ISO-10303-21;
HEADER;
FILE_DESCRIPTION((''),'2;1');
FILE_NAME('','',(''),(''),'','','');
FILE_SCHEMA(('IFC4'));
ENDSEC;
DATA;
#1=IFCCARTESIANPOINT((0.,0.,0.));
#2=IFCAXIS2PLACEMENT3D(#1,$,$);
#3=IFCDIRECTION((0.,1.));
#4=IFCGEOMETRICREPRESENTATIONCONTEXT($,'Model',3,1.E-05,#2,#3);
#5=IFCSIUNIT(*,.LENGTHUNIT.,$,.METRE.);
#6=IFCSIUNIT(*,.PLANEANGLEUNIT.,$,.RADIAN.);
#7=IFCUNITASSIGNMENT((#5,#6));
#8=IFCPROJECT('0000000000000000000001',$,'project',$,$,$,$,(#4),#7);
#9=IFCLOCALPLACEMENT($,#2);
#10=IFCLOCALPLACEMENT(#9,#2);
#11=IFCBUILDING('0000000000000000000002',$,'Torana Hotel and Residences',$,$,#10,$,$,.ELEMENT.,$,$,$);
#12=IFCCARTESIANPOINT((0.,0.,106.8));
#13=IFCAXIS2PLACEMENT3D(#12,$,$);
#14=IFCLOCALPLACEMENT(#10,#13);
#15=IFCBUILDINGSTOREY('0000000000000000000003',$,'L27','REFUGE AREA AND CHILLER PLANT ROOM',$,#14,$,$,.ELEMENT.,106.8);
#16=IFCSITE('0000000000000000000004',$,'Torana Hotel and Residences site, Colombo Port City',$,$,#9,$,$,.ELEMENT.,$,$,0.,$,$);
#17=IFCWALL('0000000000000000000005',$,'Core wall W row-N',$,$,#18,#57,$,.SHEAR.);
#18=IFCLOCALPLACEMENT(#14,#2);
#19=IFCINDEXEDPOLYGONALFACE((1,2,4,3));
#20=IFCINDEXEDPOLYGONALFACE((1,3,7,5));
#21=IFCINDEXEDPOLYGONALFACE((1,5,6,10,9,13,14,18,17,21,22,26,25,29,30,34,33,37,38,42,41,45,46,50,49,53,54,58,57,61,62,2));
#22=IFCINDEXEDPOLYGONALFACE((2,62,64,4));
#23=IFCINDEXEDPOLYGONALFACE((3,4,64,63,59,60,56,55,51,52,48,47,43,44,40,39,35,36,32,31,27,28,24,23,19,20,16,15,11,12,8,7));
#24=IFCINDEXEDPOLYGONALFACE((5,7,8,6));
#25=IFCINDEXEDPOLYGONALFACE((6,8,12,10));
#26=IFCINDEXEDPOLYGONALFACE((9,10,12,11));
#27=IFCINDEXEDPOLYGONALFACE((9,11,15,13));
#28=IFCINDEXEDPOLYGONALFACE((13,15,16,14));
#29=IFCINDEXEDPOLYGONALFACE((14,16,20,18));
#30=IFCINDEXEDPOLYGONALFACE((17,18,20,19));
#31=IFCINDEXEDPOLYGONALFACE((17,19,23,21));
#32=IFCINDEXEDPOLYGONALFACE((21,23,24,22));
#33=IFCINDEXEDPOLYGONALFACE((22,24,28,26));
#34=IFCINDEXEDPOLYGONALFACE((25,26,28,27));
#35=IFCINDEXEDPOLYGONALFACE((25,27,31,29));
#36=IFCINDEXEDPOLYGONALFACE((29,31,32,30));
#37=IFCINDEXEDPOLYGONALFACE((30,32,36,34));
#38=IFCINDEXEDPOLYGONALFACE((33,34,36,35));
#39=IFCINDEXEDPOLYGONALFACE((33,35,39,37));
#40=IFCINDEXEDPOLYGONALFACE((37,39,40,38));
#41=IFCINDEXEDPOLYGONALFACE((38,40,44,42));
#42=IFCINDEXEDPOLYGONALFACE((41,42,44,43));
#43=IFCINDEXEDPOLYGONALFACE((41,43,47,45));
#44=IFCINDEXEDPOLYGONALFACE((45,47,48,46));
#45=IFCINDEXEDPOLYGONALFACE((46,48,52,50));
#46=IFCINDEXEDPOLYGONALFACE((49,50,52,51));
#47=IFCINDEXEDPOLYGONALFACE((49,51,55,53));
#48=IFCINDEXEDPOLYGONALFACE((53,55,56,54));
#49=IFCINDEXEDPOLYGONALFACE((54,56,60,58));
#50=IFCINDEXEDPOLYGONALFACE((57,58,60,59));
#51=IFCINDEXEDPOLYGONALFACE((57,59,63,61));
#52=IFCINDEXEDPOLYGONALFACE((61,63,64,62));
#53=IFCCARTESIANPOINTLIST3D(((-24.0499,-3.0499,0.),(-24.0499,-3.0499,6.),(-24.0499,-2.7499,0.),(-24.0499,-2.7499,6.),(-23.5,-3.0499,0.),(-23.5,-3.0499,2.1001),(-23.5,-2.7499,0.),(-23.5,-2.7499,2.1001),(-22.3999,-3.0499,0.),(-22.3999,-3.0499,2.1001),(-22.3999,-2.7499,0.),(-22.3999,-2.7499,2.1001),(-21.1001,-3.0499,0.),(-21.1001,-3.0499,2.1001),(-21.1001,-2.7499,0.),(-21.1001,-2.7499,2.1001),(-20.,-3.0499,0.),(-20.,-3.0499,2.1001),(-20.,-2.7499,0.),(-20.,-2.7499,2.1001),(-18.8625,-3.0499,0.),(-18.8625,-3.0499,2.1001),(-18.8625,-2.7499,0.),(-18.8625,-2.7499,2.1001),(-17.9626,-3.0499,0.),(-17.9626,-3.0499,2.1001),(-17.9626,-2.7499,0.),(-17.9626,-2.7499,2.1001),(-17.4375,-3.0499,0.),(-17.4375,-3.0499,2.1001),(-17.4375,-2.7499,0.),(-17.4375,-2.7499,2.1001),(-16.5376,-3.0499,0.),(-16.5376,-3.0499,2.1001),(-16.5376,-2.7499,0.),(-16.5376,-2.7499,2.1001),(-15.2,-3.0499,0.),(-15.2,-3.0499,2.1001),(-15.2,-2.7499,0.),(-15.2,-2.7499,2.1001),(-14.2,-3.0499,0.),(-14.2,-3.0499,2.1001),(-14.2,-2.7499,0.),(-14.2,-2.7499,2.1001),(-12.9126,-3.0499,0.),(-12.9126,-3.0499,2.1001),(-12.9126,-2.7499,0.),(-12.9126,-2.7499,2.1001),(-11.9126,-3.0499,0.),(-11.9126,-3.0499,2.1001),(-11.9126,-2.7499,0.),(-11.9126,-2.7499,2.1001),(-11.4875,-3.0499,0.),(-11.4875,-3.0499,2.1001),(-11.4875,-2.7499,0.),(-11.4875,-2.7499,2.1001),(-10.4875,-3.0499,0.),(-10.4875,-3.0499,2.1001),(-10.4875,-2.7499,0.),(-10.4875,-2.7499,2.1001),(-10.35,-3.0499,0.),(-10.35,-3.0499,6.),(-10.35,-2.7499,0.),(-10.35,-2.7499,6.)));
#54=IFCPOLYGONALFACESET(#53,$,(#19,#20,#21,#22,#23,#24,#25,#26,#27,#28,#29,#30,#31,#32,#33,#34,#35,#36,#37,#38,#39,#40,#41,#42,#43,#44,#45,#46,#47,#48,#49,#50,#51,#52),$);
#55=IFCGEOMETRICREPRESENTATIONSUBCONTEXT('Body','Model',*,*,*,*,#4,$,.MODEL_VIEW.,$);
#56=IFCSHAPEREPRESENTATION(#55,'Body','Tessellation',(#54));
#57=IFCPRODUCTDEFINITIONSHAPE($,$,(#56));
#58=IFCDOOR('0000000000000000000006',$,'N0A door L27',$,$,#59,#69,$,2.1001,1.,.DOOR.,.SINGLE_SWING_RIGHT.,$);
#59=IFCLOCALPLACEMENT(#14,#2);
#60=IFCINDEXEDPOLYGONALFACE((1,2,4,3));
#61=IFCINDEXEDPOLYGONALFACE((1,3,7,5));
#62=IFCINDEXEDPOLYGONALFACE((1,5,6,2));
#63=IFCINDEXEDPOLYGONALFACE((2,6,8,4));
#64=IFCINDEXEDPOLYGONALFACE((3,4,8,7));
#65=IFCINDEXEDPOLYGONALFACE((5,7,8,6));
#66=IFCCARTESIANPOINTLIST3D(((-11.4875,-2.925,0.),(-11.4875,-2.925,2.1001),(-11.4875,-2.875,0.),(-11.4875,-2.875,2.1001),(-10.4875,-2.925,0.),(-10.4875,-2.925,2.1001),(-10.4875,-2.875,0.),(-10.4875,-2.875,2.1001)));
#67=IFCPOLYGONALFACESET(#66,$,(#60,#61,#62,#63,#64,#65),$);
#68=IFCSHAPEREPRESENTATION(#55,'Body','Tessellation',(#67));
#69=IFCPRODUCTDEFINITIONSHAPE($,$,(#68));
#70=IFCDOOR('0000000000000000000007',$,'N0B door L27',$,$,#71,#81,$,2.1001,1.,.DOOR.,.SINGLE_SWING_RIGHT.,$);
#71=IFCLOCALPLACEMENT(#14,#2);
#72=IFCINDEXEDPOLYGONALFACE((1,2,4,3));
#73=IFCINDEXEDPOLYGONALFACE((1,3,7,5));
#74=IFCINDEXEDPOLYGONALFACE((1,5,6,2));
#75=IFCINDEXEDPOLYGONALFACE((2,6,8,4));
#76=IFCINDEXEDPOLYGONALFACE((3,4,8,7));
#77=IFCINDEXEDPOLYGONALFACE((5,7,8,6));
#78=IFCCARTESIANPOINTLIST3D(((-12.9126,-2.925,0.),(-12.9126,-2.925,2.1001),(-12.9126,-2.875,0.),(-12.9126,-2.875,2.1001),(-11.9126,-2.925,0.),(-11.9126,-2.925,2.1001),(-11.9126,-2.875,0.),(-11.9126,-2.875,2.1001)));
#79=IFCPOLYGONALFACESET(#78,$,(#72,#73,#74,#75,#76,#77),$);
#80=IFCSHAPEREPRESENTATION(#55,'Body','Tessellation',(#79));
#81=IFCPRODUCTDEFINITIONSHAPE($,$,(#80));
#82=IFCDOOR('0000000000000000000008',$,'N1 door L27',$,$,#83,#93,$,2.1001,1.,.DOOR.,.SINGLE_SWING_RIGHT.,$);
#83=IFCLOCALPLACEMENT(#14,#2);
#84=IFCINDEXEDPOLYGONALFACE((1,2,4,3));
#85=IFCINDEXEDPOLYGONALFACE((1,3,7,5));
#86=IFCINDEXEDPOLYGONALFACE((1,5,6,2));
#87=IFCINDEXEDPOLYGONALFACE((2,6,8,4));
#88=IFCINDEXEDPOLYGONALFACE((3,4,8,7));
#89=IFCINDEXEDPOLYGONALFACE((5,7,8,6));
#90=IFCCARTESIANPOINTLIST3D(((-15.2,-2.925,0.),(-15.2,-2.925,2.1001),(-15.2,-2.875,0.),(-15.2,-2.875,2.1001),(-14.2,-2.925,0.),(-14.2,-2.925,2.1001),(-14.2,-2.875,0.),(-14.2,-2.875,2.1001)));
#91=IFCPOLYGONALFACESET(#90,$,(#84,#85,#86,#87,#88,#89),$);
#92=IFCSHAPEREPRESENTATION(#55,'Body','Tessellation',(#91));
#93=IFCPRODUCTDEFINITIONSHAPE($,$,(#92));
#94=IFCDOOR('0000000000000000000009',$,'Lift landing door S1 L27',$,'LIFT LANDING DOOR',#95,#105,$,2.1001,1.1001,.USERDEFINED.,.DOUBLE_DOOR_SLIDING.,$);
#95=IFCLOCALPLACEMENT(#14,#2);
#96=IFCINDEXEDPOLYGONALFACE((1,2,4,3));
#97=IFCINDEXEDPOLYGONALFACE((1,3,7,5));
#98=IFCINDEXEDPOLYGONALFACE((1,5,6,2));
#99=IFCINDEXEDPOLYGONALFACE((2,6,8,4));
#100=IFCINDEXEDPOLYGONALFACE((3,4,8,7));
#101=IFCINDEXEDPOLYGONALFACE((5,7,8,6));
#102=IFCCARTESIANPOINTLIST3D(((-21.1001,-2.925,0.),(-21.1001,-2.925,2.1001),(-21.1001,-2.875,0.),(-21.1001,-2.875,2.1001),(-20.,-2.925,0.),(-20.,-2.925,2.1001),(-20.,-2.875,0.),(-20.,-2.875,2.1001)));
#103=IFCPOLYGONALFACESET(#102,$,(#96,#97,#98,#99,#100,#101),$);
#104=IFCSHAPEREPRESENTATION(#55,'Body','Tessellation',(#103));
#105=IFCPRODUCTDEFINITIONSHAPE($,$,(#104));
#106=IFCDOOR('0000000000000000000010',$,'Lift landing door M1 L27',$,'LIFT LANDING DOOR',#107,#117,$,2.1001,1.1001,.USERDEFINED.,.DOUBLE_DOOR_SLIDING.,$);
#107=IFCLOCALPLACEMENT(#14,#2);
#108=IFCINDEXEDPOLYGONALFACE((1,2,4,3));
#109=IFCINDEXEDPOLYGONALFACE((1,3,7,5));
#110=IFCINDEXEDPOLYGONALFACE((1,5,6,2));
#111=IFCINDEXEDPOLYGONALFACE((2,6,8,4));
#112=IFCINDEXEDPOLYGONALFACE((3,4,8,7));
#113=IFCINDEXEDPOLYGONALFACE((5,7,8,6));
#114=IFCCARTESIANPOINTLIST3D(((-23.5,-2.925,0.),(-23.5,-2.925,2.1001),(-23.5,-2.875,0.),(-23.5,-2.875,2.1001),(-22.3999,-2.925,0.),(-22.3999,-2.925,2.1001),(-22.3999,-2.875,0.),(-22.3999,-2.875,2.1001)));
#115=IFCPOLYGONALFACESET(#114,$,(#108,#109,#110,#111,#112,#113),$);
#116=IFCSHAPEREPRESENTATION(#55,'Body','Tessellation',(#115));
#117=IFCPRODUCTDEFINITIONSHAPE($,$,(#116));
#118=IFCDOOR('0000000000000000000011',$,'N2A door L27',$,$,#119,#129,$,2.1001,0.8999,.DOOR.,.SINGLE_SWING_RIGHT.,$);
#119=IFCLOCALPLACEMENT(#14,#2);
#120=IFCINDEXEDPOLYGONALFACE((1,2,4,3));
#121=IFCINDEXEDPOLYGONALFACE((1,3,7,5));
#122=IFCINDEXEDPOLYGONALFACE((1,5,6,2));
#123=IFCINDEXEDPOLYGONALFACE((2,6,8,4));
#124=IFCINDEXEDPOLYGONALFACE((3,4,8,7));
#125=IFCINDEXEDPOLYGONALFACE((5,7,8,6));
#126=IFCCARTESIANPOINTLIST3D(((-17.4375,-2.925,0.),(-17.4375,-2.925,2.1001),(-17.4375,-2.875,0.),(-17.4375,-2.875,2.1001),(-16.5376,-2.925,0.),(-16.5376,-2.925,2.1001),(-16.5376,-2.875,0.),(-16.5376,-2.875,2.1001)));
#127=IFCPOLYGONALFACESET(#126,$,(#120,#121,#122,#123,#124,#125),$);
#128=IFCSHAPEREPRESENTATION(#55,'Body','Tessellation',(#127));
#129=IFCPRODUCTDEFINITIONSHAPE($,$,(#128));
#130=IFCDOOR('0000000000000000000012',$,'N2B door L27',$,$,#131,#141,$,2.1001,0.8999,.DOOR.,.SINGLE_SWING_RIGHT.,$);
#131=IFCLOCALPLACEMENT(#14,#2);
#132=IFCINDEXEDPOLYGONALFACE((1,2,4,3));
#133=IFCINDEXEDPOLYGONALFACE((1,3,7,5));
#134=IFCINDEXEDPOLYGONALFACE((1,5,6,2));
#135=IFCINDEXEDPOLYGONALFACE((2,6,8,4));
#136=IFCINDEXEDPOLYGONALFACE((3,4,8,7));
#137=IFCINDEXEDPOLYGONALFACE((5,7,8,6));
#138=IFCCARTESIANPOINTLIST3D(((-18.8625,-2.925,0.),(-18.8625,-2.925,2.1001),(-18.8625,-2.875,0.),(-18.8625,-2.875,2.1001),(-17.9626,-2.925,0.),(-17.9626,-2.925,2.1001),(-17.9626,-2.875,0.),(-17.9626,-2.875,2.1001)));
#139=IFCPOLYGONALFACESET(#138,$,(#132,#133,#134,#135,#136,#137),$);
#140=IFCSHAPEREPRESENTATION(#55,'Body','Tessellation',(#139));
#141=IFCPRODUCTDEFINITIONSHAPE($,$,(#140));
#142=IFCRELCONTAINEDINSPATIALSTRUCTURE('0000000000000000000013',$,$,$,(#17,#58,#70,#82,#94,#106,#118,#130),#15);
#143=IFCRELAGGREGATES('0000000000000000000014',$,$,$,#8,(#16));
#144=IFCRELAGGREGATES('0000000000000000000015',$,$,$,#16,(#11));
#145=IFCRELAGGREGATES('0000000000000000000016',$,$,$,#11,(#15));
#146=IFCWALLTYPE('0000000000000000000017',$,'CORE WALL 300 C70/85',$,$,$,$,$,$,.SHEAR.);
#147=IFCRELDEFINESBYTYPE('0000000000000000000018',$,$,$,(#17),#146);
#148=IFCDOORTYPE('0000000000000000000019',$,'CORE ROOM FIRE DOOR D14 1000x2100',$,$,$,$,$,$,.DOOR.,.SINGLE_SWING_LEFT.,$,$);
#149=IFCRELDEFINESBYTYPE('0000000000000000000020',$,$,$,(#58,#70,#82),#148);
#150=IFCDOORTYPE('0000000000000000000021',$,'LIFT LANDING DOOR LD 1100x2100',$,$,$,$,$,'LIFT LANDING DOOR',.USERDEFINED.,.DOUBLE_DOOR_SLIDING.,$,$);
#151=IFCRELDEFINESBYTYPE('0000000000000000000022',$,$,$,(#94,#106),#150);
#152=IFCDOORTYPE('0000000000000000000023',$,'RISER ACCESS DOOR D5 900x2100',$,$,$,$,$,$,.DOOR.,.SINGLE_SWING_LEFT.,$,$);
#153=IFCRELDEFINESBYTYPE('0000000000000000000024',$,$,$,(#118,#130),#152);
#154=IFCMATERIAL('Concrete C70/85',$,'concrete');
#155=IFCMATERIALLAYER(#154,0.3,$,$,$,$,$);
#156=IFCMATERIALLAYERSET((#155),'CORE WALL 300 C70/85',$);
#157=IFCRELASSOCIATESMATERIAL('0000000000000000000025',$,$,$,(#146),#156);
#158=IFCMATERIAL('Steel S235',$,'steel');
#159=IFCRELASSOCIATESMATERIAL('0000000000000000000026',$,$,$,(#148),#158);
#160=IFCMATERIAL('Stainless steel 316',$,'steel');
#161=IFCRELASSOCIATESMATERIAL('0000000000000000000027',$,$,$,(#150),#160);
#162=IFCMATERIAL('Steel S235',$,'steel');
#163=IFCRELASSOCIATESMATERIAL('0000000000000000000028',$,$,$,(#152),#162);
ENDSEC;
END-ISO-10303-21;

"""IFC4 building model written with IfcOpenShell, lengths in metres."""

from ifc_helpers import new_model, si_unit, direction, frame, frame_2d, origin, place, context, subcontext, project, spatial, rectangle, extrude, material, layer, layer_set, type_object, element, fill, save


model = new_model("IFC4")

# Units and contexts
model_context = context("Model", 3, precision=1e-05, world=origin(), true_north=direction((0.0, 1.0)))
body_context = subcontext(model_context, "Body", "Model", "MODEL_VIEW")
ifc_project = project(units=[si_unit("LENGTHUNIT", "METRE"), si_unit("PLANEANGLEUNIT", "RADIAN")], contexts=[model_context])

# Site, building, storey
site_placement = place(None, origin())
site = spatial("IfcSite", under=ifc_project, at=site_placement, Name="Torana Hotel and Residences site, Colombo Port City", CompositionType="ELEMENT", RefElevation=0.0)
building_placement = place(site_placement, origin())
building = spatial("IfcBuilding", under=site, at=building_placement, Name="Torana Hotel and Residences", CompositionType="ELEMENT")
storey_placement = place(building_placement, frame((0.0, 0.0, 106.8)))
storey = spatial("IfcBuildingStorey", under=building, at=storey_placement, Name="L27", Description="REFUGE AREA AND CHILLER PLANT ROOM", CompositionType="ELEMENT", Elevation=106.8)

# Wall, openings, doors
ifc_material_1 = material(Name="Concrete C70/85", Category="concrete")
ifc_layer_1 = layer(ifc_material_1, 0.3)
ifc_layer_set_1 = layer_set([ifc_layer_1], Name="CORE WALL 300 C70/85")
wall_type_1 = type_object("IfcWallType", Name="CORE WALL 300 C70/85", PredefinedType="SHEAR", material=ifc_layer_set_1)
wall_1_placement = place(storey_placement, frame((-24.05, -2.8999, 0.0), z_axis=(0.0, 0.0, 1.0), x_axis=(1.0, 0.0, 0.0)))
wall_1 = element("IfcWall", 1, at=wall_1_placement, inside=storey, type_object=wall_type_1, Name="Core wall W row-N", PredefinedType="SHEAR", context=body_context, shape_type="SweptSolid", body=[
    extrude(rectangle(XDim=13.7, YDim=0.3, at=frame_2d((6.8501, 0.0))), origin(), (0.0, 0.0, 1.0), 6.0),
])
opening_1_placement = place(wall_1_placement, frame((2.95, 0.0, 0.0)))
opening_1 = element("IfcOpeningElement", 2, at=opening_1_placement, cuts=wall_1, PredefinedType="OPENING", context=body_context, shape_type="SweptSolid", body=[
    extrude(rectangle(XDim=1.1001, YDim=2.1001, at=frame_2d((0.55, 1.05))), frame((0.0, 0.1599, 0.0), z_axis=(0.0, -1.0, 0.0), x_axis=(1.0, 0.0, 0.0)), (0.0, 0.0, 1.0), 0.3201),
])
opening_2_placement = place(wall_1_placement, frame((0.55, 0.0, 0.0)))
opening_2 = element("IfcOpeningElement", 3, at=opening_2_placement, cuts=wall_1, PredefinedType="OPENING", context=body_context, shape_type="SweptSolid", body=[
    extrude(rectangle(XDim=1.1001, YDim=2.1001, at=frame_2d((0.55, 1.05))), frame((0.0, 0.1599, 0.0), z_axis=(0.0, -1.0, 0.0), x_axis=(1.0, 0.0, 0.0)), (0.0, 0.0, 1.0), 0.3201),
])
opening_3_placement = place(wall_1_placement, frame((6.6125, 0.0, 0.0)))
opening_3 = element("IfcOpeningElement", 4, at=opening_3_placement, cuts=wall_1, PredefinedType="OPENING", context=body_context, shape_type="SweptSolid", body=[
    extrude(rectangle(XDim=0.8999, YDim=2.1001, at=frame_2d((0.45, 1.05))), frame((0.0, 0.1599, 0.0), z_axis=(0.0, -1.0, 0.0), x_axis=(1.0, 0.0, 0.0)), (0.0, 0.0, 1.0), 0.3201),
])
opening_4_placement = place(wall_1_placement, frame((5.1875, 0.0, 0.0)))
opening_4 = element("IfcOpeningElement", 5, at=opening_4_placement, cuts=wall_1, PredefinedType="OPENING", context=body_context, shape_type="SweptSolid", body=[
    extrude(rectangle(XDim=0.8999, YDim=2.1001, at=frame_2d((0.45, 1.05))), frame((0.0, 0.1599, 0.0), z_axis=(0.0, -1.0, 0.0), x_axis=(1.0, 0.0, 0.0)), (0.0, 0.0, 1.0), 0.3201),
])
opening_5_placement = place(wall_1_placement, frame((12.5625, 0.0, 0.0)))
opening_5 = element("IfcOpeningElement", 6, at=opening_5_placement, cuts=wall_1, PredefinedType="OPENING", context=body_context, shape_type="SweptSolid", body=[
    extrude(rectangle(XDim=1.0, YDim=2.1001, at=frame_2d((0.5, 1.05))), frame((0.0, 0.1599, 0.0), z_axis=(0.0, -1.0, 0.0), x_axis=(1.0, 0.0, 0.0)), (0.0, 0.0, 1.0), 0.3201),
])
opening_6_placement = place(wall_1_placement, frame((11.1375, 0.0, 0.0)))
opening_6 = element("IfcOpeningElement", 7, at=opening_6_placement, cuts=wall_1, PredefinedType="OPENING", context=body_context, shape_type="SweptSolid", body=[
    extrude(rectangle(XDim=1.0, YDim=2.1001, at=frame_2d((0.5, 1.05))), frame((0.0, 0.1599, 0.0), z_axis=(0.0, -1.0, 0.0), x_axis=(1.0, 0.0, 0.0)), (0.0, 0.0, 1.0), 0.3201),
])
opening_7_placement = place(wall_1_placement, frame((8.8501, 0.0, 0.0)))
opening_7 = element("IfcOpeningElement", 8, at=opening_7_placement, cuts=wall_1, PredefinedType="OPENING", context=body_context, shape_type="SweptSolid", body=[
    extrude(rectangle(XDim=1.0, YDim=2.1001, at=frame_2d((0.5, 1.05))), frame((0.0, 0.1599, 0.0), z_axis=(0.0, -1.0, 0.0), x_axis=(1.0, 0.0, 0.0)), (0.0, 0.0, 1.0), 0.3201),
])
ifc_material_2 = material(Name="Steel S235", Category="steel")
door_type_1 = type_object("IfcDoorType", Name="CORE ROOM FIRE DOOR D14 1000x2100", OperationType="SINGLE_SWING_LEFT", PredefinedType="DOOR", material=ifc_material_2)
door_1_placement = place(opening_5_placement, origin())
door_1 = element("IfcDoor", 9, at=door_1_placement, inside=storey, type_object=door_type_1, Name="N0A door L27", OperationType="SINGLE_SWING_RIGHT", OverallHeight=2.1001, OverallWidth=1.0, PredefinedType="DOOR", context=body_context, shape_type="SweptSolid", body=[
    extrude(rectangle(XDim=1.0, YDim=2.1001, at=frame_2d((0.5, 1.05))), frame((0.0, 0.0249, 0.0), z_axis=(0.0, -1.0, 0.0), x_axis=(1.0, 0.0, 0.0)), (0.0, 0.0, 1.0), 0.05),
])
fill(opening_5, door_1)
door_2_placement = place(opening_6_placement, origin())
door_2 = element("IfcDoor", 10, at=door_2_placement, inside=storey, type_object=door_type_1, Name="N0B door L27", OperationType="SINGLE_SWING_RIGHT", OverallHeight=2.1001, OverallWidth=1.0, PredefinedType="DOOR", context=body_context, shape_type="SweptSolid", body=[
    extrude(rectangle(XDim=1.0, YDim=2.1001, at=frame_2d((0.5, 1.05))), frame((0.0, 0.0249, 0.0), z_axis=(0.0, -1.0, 0.0), x_axis=(1.0, 0.0, 0.0)), (0.0, 0.0, 1.0), 0.05),
])
fill(opening_6, door_2)
door_3_placement = place(opening_7_placement, origin())
door_3 = element("IfcDoor", 11, at=door_3_placement, inside=storey, type_object=door_type_1, Name="N1 door L27", OperationType="SINGLE_SWING_RIGHT", OverallHeight=2.1001, OverallWidth=1.0, PredefinedType="DOOR", context=body_context, shape_type="SweptSolid", body=[
    extrude(rectangle(XDim=1.0, YDim=2.1001, at=frame_2d((0.5, 1.05))), frame((0.0, 0.0249, 0.0), z_axis=(0.0, -1.0, 0.0), x_axis=(1.0, 0.0, 0.0)), (0.0, 0.0, 1.0), 0.05),
])
fill(opening_7, door_3)
ifc_material_3 = material(Name="Stainless steel 316", Category="steel")
door_type_2 = type_object("IfcDoorType", Name="LIFT LANDING DOOR LD 1100x2100", ElementType="LIFT LANDING DOOR", OperationType="DOUBLE_DOOR_SLIDING", PredefinedType="USERDEFINED", material=ifc_material_3)
door_4_placement = place(opening_1_placement, origin())
door_4 = element("IfcDoor", 12, at=door_4_placement, inside=storey, type_object=door_type_2, Name="Lift landing door S1 L27", ObjectType="LIFT LANDING DOOR", OperationType="DOUBLE_DOOR_SLIDING", OverallHeight=2.1001, OverallWidth=1.1001, PredefinedType="USERDEFINED", context=body_context, shape_type="SweptSolid", body=[
    extrude(rectangle(XDim=1.1001, YDim=2.1001, at=frame_2d((0.55, 1.05))), frame((0.0, 0.0249, 0.0), z_axis=(0.0, -1.0, 0.0), x_axis=(1.0, 0.0, 0.0)), (0.0, 0.0, 1.0), 0.05),
])
fill(opening_1, door_4)
door_5_placement = place(opening_2_placement, origin())
door_5 = element("IfcDoor", 13, at=door_5_placement, inside=storey, type_object=door_type_2, Name="Lift landing door M1 L27", ObjectType="LIFT LANDING DOOR", OperationType="DOUBLE_DOOR_SLIDING", OverallHeight=2.1001, OverallWidth=1.1001, PredefinedType="USERDEFINED", context=body_context, shape_type="SweptSolid", body=[
    extrude(rectangle(XDim=1.1001, YDim=2.1001, at=frame_2d((0.55, 1.05))), frame((0.0, 0.0249, 0.0), z_axis=(0.0, -1.0, 0.0), x_axis=(1.0, 0.0, 0.0)), (0.0, 0.0, 1.0), 0.05),
])
fill(opening_2, door_5)
ifc_material_4 = material(Name="Steel S235", Category="steel")
door_type_3 = type_object("IfcDoorType", Name="RISER ACCESS DOOR D5 900x2100", OperationType="SINGLE_SWING_LEFT", PredefinedType="DOOR", material=ifc_material_4)
door_6_placement = place(opening_3_placement, origin())
door_6 = element("IfcDoor", 14, at=door_6_placement, inside=storey, type_object=door_type_3, Name="N2A door L27", OperationType="SINGLE_SWING_RIGHT", OverallHeight=2.1001, OverallWidth=0.8999, PredefinedType="DOOR", context=body_context, shape_type="SweptSolid", body=[
    extrude(rectangle(XDim=0.8999, YDim=2.1001, at=frame_2d((0.45, 1.05))), frame((0.0, 0.0249, 0.0), z_axis=(0.0, -1.0, 0.0), x_axis=(1.0, 0.0, 0.0)), (0.0, 0.0, 1.0), 0.05),
])
fill(opening_3, door_6)
door_7_placement = place(opening_4_placement, origin())
door_7 = element("IfcDoor", 15, at=door_7_placement, inside=storey, type_object=door_type_3, Name="N2B door L27", OperationType="SINGLE_SWING_RIGHT", OverallHeight=2.1001, OverallWidth=0.8999, PredefinedType="DOOR", context=body_context, shape_type="SweptSolid", body=[
    extrude(rectangle(XDim=0.8999, YDim=2.1001, at=frame_2d((0.45, 1.05))), frame((0.0, 0.0249, 0.0), z_axis=(0.0, -1.0, 0.0), x_axis=(1.0, 0.0, 0.0)), (0.0, 0.0, 1.0), 0.05),
])
fill(opening_4, door_7)

save(model, "model.ifc")
